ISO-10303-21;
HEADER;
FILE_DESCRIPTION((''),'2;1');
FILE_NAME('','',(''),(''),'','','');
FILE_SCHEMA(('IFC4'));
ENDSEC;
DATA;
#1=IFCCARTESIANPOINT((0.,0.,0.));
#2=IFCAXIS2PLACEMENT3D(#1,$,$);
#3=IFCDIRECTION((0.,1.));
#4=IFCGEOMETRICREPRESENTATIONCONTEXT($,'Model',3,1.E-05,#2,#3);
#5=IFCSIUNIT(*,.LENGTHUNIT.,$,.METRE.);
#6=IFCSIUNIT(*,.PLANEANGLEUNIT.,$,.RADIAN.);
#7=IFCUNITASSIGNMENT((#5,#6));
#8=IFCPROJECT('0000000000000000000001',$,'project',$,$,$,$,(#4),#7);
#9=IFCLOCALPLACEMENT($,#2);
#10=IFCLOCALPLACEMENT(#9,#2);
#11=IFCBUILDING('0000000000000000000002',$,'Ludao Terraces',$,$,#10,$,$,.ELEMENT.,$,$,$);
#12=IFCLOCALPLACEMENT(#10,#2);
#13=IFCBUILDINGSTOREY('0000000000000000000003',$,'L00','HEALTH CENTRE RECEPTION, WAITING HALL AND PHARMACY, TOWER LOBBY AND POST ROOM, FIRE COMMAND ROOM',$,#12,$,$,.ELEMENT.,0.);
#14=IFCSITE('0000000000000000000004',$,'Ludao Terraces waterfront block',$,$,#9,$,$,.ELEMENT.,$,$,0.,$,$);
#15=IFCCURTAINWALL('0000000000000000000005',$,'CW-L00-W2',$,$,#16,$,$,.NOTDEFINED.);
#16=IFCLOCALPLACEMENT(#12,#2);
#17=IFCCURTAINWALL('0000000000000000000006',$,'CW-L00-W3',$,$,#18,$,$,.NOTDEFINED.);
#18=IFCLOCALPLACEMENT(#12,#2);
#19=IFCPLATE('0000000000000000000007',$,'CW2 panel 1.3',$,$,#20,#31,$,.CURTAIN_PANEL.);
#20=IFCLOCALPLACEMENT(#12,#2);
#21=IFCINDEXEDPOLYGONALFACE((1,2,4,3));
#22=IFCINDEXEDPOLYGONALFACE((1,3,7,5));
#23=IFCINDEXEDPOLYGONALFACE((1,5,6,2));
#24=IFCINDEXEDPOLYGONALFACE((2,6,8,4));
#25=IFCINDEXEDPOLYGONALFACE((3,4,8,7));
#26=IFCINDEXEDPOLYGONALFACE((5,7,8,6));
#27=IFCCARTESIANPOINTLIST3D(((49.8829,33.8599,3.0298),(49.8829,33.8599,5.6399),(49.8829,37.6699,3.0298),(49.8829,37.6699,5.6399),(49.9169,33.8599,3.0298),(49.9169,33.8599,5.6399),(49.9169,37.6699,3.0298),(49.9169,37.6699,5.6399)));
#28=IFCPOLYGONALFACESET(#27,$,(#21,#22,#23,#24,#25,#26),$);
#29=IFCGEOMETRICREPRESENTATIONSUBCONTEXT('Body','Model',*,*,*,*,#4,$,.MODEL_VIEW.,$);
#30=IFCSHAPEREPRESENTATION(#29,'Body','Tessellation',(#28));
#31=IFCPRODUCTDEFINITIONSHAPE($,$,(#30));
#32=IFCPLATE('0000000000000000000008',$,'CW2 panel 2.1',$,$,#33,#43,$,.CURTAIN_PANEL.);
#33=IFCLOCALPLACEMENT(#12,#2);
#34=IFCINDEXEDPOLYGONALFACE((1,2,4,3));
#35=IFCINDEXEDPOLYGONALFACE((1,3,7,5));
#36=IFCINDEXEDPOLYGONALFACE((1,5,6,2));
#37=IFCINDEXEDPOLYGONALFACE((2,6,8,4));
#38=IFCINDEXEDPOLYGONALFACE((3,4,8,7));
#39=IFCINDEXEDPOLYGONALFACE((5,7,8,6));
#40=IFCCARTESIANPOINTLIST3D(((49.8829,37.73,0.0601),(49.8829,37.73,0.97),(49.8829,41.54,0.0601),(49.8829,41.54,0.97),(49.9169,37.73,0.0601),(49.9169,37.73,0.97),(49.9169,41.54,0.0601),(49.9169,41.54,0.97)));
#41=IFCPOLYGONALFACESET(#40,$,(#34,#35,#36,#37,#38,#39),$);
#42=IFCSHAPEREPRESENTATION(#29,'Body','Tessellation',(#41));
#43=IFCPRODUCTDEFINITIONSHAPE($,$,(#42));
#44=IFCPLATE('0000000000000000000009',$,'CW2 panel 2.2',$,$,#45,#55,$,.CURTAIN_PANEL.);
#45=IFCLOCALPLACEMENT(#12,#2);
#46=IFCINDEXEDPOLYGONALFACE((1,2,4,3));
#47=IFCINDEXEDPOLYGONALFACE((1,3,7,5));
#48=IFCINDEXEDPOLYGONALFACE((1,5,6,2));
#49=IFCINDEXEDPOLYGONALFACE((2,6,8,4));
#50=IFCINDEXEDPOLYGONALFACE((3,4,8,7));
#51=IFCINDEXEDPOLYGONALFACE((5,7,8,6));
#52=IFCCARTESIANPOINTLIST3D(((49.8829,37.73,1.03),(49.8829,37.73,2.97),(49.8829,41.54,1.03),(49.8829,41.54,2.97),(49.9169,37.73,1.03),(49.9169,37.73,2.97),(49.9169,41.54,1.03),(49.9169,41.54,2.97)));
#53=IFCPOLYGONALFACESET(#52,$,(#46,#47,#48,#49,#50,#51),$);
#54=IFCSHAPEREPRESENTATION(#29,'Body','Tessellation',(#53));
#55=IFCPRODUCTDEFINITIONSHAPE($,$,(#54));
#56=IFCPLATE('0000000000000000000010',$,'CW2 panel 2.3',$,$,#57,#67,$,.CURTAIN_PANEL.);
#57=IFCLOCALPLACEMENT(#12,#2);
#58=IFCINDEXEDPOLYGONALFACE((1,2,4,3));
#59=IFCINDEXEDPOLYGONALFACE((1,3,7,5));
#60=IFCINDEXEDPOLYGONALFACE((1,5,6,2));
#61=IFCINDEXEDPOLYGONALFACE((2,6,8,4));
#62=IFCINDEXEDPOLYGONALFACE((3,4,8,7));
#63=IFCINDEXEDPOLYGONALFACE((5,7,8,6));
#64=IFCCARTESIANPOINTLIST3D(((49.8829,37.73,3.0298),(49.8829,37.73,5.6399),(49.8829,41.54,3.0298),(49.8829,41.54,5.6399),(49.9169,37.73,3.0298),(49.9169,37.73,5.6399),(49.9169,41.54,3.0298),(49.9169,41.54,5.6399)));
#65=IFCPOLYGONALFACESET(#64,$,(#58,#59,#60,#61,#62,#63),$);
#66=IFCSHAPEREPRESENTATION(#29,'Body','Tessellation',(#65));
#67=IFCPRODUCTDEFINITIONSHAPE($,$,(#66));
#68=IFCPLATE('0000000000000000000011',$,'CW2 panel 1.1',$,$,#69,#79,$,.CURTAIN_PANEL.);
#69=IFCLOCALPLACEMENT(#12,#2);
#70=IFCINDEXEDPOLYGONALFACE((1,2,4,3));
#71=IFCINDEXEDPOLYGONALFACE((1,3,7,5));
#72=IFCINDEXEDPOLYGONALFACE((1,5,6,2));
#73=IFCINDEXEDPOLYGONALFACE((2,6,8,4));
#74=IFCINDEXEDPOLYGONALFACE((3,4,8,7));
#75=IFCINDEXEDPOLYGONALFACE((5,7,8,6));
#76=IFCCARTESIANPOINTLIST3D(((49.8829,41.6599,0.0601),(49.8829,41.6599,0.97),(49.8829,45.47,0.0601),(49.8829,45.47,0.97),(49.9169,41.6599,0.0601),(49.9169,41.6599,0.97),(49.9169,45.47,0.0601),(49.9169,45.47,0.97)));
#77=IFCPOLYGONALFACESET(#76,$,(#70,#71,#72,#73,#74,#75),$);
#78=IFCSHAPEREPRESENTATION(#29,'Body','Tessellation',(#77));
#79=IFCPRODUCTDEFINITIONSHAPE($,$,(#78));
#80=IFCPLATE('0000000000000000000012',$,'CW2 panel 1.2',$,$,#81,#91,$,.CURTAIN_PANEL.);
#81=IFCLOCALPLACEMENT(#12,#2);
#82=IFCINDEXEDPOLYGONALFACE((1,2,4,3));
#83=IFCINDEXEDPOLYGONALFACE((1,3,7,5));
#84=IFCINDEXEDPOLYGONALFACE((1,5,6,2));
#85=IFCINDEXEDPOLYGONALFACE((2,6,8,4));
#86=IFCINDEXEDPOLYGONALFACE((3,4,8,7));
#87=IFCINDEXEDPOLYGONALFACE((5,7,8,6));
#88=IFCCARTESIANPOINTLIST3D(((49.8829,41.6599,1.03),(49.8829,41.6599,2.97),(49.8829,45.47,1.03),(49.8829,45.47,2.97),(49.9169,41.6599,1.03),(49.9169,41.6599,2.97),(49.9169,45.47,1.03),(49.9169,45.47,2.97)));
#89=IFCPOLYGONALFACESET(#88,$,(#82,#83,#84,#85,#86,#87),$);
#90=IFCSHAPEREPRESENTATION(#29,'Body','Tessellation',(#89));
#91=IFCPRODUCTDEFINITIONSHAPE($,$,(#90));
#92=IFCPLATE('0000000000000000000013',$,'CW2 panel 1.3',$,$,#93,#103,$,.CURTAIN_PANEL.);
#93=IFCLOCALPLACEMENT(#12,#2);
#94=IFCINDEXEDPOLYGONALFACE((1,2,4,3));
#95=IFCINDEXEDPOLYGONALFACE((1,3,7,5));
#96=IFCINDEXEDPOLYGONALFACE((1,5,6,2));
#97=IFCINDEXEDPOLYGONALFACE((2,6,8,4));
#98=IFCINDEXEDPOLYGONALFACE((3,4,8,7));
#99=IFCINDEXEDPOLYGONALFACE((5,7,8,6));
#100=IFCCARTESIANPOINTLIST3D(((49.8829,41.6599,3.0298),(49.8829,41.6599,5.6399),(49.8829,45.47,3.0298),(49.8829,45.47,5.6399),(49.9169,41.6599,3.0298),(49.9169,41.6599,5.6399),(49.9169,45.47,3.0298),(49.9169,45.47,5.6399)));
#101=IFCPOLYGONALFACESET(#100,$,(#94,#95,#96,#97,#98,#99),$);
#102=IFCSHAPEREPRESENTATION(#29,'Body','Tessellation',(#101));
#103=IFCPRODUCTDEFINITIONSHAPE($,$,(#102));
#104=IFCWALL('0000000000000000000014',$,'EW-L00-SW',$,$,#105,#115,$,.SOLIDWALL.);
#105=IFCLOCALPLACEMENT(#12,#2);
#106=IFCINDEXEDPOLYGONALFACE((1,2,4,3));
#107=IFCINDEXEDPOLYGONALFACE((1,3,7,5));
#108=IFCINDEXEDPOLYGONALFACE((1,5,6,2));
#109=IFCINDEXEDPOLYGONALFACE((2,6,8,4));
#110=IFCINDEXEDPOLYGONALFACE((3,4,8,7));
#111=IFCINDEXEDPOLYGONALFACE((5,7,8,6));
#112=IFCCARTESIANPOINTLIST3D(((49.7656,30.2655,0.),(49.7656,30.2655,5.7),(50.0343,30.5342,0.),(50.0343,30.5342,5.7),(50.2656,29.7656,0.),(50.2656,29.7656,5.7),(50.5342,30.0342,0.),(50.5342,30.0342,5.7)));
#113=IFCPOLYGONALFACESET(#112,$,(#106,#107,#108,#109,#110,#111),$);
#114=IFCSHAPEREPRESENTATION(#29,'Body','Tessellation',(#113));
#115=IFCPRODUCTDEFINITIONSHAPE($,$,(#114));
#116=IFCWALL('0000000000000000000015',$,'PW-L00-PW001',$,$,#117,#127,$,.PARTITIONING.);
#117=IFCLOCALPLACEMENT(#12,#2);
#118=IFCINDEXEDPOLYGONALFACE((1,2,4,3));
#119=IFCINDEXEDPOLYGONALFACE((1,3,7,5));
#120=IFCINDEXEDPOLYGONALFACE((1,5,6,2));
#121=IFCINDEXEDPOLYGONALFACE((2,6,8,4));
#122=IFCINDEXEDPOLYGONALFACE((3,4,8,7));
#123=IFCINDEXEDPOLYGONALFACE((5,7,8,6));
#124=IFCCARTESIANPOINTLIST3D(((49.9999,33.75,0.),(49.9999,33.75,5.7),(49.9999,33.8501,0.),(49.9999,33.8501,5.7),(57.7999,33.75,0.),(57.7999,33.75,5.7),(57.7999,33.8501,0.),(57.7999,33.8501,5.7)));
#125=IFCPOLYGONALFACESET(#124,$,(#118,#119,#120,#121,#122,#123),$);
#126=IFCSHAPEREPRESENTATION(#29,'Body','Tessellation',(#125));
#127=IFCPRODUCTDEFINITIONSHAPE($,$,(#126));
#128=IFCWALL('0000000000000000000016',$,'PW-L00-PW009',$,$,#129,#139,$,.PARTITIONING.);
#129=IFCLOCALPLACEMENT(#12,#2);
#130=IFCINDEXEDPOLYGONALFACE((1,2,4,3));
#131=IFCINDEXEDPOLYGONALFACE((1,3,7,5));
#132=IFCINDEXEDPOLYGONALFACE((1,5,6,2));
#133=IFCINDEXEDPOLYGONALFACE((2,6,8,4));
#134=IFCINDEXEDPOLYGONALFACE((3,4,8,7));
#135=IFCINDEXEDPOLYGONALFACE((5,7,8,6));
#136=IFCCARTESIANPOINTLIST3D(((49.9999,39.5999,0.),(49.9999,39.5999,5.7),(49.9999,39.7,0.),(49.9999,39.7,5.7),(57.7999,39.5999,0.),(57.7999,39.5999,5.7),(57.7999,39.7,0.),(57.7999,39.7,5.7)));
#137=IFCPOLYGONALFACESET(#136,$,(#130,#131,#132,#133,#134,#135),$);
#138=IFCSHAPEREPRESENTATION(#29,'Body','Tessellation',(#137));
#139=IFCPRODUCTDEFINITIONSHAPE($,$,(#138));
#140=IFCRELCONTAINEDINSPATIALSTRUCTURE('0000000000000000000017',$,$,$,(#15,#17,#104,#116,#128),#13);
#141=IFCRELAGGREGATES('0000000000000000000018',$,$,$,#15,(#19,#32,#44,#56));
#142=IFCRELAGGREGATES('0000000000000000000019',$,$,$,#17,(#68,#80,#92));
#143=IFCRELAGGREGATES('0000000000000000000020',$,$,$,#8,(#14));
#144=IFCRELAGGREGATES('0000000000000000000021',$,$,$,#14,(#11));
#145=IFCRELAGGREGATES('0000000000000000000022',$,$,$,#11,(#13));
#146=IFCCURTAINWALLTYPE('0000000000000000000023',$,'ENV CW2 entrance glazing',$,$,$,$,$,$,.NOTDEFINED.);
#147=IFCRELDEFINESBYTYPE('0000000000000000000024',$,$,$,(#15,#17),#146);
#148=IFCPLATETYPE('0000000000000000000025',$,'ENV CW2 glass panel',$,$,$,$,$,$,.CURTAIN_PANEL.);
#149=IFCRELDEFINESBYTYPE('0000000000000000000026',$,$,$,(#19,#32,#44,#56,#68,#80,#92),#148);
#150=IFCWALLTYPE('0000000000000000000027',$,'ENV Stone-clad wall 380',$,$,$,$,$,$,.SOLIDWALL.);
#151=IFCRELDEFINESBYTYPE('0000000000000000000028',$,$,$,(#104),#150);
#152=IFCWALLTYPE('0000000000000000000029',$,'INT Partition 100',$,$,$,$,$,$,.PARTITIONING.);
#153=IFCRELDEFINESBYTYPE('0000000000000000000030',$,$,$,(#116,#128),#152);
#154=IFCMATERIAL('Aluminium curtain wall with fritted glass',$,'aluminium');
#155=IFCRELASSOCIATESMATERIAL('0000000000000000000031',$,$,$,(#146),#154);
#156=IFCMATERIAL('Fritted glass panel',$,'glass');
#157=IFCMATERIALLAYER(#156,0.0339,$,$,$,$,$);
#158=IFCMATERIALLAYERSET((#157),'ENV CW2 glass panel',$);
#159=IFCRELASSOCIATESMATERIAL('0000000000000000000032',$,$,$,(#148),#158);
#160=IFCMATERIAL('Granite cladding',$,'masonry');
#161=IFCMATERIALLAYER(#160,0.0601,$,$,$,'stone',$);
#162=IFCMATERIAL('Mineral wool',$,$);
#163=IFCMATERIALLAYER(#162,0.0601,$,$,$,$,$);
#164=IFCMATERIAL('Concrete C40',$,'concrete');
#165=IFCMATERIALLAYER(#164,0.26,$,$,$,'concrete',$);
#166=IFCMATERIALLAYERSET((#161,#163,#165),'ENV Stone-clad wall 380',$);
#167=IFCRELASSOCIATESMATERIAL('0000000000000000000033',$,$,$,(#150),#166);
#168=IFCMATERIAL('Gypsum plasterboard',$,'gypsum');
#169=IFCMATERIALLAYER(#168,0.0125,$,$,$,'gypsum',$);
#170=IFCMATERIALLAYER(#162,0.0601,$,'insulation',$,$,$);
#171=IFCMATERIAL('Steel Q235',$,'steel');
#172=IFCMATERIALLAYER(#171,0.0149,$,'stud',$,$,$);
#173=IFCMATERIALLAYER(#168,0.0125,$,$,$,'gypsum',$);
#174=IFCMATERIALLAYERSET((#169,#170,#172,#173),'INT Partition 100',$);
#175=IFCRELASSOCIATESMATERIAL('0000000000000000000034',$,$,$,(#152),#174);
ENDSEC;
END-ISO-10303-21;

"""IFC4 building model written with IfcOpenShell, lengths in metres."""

from ifc_helpers import new_model, si_unit, direction, frame, frame_2d, origin, origin_2d, place, context, subcontext, project, spatial, rectangle, extrude, material, layer, layer_set, type_object, element, aggregate, save


model = new_model("IFC4")

# Units and contexts
model_context = context("Model", 3, precision=1e-05, world=origin(), true_north=direction((0.0, 1.0)))
body_context = subcontext(model_context, "Body", "Model", "MODEL_VIEW")
ifc_project = project(units=[si_unit("LENGTHUNIT", "METRE"), si_unit("PLANEANGLEUNIT", "RADIAN")], contexts=[model_context])

# Site, building, storey
site_placement = place(None, origin())
site = spatial("IfcSite", under=ifc_project, at=site_placement, Name="Ludao Terraces waterfront block", CompositionType="ELEMENT", RefElevation=0.0)
building_placement = place(site_placement, origin())
building = spatial("IfcBuilding", under=site, at=building_placement, Name="Ludao Terraces", CompositionType="ELEMENT")
storey_placement = place(building_placement, origin())
storey = spatial("IfcBuildingStorey", under=building, at=storey_placement, Name="L00", Description="HEALTH CENTRE RECEPTION, WAITING HALL AND PHARMACY, TOWER LOBBY AND POST ROOM, FIRE COMMAND ROOM", CompositionType="ELEMENT", Elevation=0.0)

# Shared definitions
ifc_material_1 = material(Name="Aluminium curtain wall with fritted glass", Category="aluminium")
curtain_wall_type = type_object("IfcCurtainWallType", Name="ENV CW2 entrance glazing", PredefinedType="NOTDEFINED", material=ifc_material_1)

# Curtain wall
curtain_wall_1_placement = place(storey_placement, origin())
curtain_wall_1 = element("IfcCurtainWall", 1, at=curtain_wall_1_placement, inside=storey, type_object=curtain_wall_type, Name="CW-L00-W2", PredefinedType="NOTDEFINED")

# Curtain wall
curtain_wall_2_placement = place(storey_placement, origin())
curtain_wall_2 = element("IfcCurtainWall", 2, at=curtain_wall_2_placement, inside=storey, type_object=curtain_wall_type, Name="CW-L00-W3", PredefinedType="NOTDEFINED")

# Plates
ifc_material_2 = material(Name="Fritted glass panel", Category="glass")
ifc_layer_1 = layer(ifc_material_2, 0.0339)
ifc_layer_set_1 = layer_set([ifc_layer_1], Name="ENV CW2 glass panel")
plate_type = type_object("IfcPlateType", Name="ENV CW2 glass panel", PredefinedType="CURTAIN_PANEL", material=ifc_layer_set_1)
plate_1_placement = place(storey_placement, frame((49.8999, 35.7649, 3.0298), z_axis=(0.0, 0.0, 1.0), x_axis=(0.0, 1.0, 0.0)))
plate_1 = element("IfcPlate", 3, at=plate_1_placement, type_object=plate_type, Name="CW2 panel 1.3", PredefinedType="CURTAIN_PANEL", context=body_context, shape_type="SweptSolid", body=[
    extrude(rectangle(XDim=3.8101, YDim=0.0339, at=origin_2d()), origin(), (0.0, 0.0, 1.0), 2.6101),
])
plate_2_placement = place(storey_placement, frame((49.8999, 39.635, 0.0601), z_axis=(0.0, 0.0, 1.0), x_axis=(0.0, 1.0, 0.0)))
plate_2 = element("IfcPlate", 4, at=plate_2_placement, type_object=plate_type, Name="CW2 panel 2.1", PredefinedType="CURTAIN_PANEL", context=body_context, shape_type="SweptSolid", body=[
    extrude(rectangle(XDim=3.8101, YDim=0.0339, at=origin_2d()), origin(), (0.0, 0.0, 1.0), 0.9099),
])
plate_3_placement = place(storey_placement, frame((49.8999, 39.635, 1.03), z_axis=(0.0, 0.0, 1.0), x_axis=(0.0, 1.0, 0.0)))
plate_3 = element("IfcPlate", 5, at=plate_3_placement, type_object=plate_type, Name="CW2 panel 2.2", PredefinedType="CURTAIN_PANEL", context=body_context, shape_type="SweptSolid", body=[
    extrude(rectangle(XDim=3.8101, YDim=0.0339, at=origin_2d()), origin(), (0.0, 0.0, 1.0), 1.9399),
])
plate_4_placement = place(storey_placement, frame((49.8999, 39.635, 3.0298), z_axis=(0.0, 0.0, 1.0), x_axis=(0.0, 1.0, 0.0)))
plate_4 = element("IfcPlate", 6, at=plate_4_placement, type_object=plate_type, Name="CW2 panel 2.3", PredefinedType="CURTAIN_PANEL", context=body_context, shape_type="SweptSolid", body=[
    extrude(rectangle(XDim=3.8101, YDim=0.0339, at=origin_2d()), origin(), (0.0, 0.0, 1.0), 2.6101),
])
aggregate(curtain_wall_1, [plate_1, plate_2, plate_3, plate_4])
plate_5_placement = place(storey_placement, frame((49.8999, 43.5649, 0.0601), z_axis=(0.0, 0.0, 1.0), x_axis=(0.0, 1.0, 0.0)))
plate_5 = element("IfcPlate", 7, at=plate_5_placement, type_object=plate_type, Name="CW2 panel 1.1", PredefinedType="CURTAIN_PANEL", context=body_context, shape_type="SweptSolid", body=[
    extrude(rectangle(XDim=3.8101, YDim=0.0339, at=origin_2d()), origin(), (0.0, 0.0, 1.0), 0.9099),
])
plate_6_placement = place(storey_placement, frame((49.8999, 43.5649, 1.03), z_axis=(0.0, 0.0, 1.0), x_axis=(0.0, 1.0, 0.0)))
plate_6 = element("IfcPlate", 8, at=plate_6_placement, type_object=plate_type, Name="CW2 panel 1.2", PredefinedType="CURTAIN_PANEL", context=body_context, shape_type="SweptSolid", body=[
    extrude(rectangle(XDim=3.8101, YDim=0.0339, at=origin_2d()), origin(), (0.0, 0.0, 1.0), 1.9399),
])
plate_7_placement = place(storey_placement, frame((49.8999, 43.5649, 3.0298), z_axis=(0.0, 0.0, 1.0), x_axis=(0.0, 1.0, 0.0)))
plate_7 = element("IfcPlate", 9, at=plate_7_placement, type_object=plate_type, Name="CW2 panel 1.3", PredefinedType="CURTAIN_PANEL", context=body_context, shape_type="SweptSolid", body=[
    extrude(rectangle(XDim=3.8101, YDim=0.0339, at=origin_2d()), origin(), (0.0, 0.0, 1.0), 2.6101),
])
aggregate(curtain_wall_2, [plate_5, plate_6, plate_7])

# Walls
ifc_material_3 = material(Name="Granite cladding", Category="masonry")
ifc_layer_2 = layer(ifc_material_3, 0.0601, Category="stone")
ifc_material_4 = material(Name="Mineral wool")
ifc_layer_3 = layer(ifc_material_4, 0.0601)
ifc_material_5 = material(Name="Concrete C40", Category="concrete")
ifc_layer_4 = layer(ifc_material_5, 0.26, Category="concrete")
ifc_layer_set_2 = layer_set([ifc_layer_2, ifc_layer_3, ifc_layer_4], Name="ENV Stone-clad wall 380")
wall_type_1 = type_object("IfcWallType", Name="ENV Stone-clad wall 380", PredefinedType="SOLIDWALL", material=ifc_layer_set_2)
wall_placement = place(storey_placement, frame((50.3999, 29.8999, 0.0), z_axis=(0.0, 0.0, 1.0), x_axis=(-0.707107, 0.707107, 0.0)))
element("IfcWall", 10, at=wall_placement, inside=storey, type_object=wall_type_1, Name="EW-L00-SW", PredefinedType="SOLIDWALL", context=body_context, shape_type="SweptSolid", body=[
    extrude(rectangle(XDim=0.707, YDim=0.3799, at=frame_2d((0.3535, 0.0))), origin(), (0.0, 0.0, 1.0), 5.7),
])
ifc_material_6 = material(Name="Gypsum plasterboard", Category="gypsum")
ifc_layer_5 = layer(ifc_material_6, 0.0125, Category="gypsum")
ifc_layer_6 = layer(ifc_material_4, 0.0601, Name="insulation")
ifc_material_7 = material(Name="Steel Q235", Category="steel")
ifc_layer_7 = layer(ifc_material_7, 0.0149, Name="stud")
ifc_layer_8 = layer(ifc_material_6, 0.0125, Category="gypsum")
ifc_layer_set_3 = layer_set([ifc_layer_5, ifc_layer_6, ifc_layer_7, ifc_layer_8], Name="INT Partition 100")
wall_type_2 = type_object("IfcWallType", Name="INT Partition 100", PredefinedType="PARTITIONING", material=ifc_layer_set_3)
for number, where, z_axis, x_axis, name in (
    (11, (50.0, 33.8, 0.0), (0.0, 0.0, 1.0), (1.0, 0.0, 0.0), "PW-L00-PW001"),
    (12, (50.0, 39.6499, 0.0), (0.0, 0.0, 1.0), (1.0, 0.0, 0.0), "PW-L00-PW009"),
):
    element("IfcWall", number, at=place(storey_placement, frame(where, z_axis=z_axis, x_axis=x_axis)), inside=storey, type_object=wall_type_2, Name=name, PredefinedType="PARTITIONING", context=body_context, shape_type="SweptSolid", body=[
        extrude(rectangle(XDim=7.8, YDim=0.1001, at=frame_2d((3.8999, 0.0))), origin(), (0.0, 0.0, 1.0), 5.7),
    ])

save(model, "model.ifc")
